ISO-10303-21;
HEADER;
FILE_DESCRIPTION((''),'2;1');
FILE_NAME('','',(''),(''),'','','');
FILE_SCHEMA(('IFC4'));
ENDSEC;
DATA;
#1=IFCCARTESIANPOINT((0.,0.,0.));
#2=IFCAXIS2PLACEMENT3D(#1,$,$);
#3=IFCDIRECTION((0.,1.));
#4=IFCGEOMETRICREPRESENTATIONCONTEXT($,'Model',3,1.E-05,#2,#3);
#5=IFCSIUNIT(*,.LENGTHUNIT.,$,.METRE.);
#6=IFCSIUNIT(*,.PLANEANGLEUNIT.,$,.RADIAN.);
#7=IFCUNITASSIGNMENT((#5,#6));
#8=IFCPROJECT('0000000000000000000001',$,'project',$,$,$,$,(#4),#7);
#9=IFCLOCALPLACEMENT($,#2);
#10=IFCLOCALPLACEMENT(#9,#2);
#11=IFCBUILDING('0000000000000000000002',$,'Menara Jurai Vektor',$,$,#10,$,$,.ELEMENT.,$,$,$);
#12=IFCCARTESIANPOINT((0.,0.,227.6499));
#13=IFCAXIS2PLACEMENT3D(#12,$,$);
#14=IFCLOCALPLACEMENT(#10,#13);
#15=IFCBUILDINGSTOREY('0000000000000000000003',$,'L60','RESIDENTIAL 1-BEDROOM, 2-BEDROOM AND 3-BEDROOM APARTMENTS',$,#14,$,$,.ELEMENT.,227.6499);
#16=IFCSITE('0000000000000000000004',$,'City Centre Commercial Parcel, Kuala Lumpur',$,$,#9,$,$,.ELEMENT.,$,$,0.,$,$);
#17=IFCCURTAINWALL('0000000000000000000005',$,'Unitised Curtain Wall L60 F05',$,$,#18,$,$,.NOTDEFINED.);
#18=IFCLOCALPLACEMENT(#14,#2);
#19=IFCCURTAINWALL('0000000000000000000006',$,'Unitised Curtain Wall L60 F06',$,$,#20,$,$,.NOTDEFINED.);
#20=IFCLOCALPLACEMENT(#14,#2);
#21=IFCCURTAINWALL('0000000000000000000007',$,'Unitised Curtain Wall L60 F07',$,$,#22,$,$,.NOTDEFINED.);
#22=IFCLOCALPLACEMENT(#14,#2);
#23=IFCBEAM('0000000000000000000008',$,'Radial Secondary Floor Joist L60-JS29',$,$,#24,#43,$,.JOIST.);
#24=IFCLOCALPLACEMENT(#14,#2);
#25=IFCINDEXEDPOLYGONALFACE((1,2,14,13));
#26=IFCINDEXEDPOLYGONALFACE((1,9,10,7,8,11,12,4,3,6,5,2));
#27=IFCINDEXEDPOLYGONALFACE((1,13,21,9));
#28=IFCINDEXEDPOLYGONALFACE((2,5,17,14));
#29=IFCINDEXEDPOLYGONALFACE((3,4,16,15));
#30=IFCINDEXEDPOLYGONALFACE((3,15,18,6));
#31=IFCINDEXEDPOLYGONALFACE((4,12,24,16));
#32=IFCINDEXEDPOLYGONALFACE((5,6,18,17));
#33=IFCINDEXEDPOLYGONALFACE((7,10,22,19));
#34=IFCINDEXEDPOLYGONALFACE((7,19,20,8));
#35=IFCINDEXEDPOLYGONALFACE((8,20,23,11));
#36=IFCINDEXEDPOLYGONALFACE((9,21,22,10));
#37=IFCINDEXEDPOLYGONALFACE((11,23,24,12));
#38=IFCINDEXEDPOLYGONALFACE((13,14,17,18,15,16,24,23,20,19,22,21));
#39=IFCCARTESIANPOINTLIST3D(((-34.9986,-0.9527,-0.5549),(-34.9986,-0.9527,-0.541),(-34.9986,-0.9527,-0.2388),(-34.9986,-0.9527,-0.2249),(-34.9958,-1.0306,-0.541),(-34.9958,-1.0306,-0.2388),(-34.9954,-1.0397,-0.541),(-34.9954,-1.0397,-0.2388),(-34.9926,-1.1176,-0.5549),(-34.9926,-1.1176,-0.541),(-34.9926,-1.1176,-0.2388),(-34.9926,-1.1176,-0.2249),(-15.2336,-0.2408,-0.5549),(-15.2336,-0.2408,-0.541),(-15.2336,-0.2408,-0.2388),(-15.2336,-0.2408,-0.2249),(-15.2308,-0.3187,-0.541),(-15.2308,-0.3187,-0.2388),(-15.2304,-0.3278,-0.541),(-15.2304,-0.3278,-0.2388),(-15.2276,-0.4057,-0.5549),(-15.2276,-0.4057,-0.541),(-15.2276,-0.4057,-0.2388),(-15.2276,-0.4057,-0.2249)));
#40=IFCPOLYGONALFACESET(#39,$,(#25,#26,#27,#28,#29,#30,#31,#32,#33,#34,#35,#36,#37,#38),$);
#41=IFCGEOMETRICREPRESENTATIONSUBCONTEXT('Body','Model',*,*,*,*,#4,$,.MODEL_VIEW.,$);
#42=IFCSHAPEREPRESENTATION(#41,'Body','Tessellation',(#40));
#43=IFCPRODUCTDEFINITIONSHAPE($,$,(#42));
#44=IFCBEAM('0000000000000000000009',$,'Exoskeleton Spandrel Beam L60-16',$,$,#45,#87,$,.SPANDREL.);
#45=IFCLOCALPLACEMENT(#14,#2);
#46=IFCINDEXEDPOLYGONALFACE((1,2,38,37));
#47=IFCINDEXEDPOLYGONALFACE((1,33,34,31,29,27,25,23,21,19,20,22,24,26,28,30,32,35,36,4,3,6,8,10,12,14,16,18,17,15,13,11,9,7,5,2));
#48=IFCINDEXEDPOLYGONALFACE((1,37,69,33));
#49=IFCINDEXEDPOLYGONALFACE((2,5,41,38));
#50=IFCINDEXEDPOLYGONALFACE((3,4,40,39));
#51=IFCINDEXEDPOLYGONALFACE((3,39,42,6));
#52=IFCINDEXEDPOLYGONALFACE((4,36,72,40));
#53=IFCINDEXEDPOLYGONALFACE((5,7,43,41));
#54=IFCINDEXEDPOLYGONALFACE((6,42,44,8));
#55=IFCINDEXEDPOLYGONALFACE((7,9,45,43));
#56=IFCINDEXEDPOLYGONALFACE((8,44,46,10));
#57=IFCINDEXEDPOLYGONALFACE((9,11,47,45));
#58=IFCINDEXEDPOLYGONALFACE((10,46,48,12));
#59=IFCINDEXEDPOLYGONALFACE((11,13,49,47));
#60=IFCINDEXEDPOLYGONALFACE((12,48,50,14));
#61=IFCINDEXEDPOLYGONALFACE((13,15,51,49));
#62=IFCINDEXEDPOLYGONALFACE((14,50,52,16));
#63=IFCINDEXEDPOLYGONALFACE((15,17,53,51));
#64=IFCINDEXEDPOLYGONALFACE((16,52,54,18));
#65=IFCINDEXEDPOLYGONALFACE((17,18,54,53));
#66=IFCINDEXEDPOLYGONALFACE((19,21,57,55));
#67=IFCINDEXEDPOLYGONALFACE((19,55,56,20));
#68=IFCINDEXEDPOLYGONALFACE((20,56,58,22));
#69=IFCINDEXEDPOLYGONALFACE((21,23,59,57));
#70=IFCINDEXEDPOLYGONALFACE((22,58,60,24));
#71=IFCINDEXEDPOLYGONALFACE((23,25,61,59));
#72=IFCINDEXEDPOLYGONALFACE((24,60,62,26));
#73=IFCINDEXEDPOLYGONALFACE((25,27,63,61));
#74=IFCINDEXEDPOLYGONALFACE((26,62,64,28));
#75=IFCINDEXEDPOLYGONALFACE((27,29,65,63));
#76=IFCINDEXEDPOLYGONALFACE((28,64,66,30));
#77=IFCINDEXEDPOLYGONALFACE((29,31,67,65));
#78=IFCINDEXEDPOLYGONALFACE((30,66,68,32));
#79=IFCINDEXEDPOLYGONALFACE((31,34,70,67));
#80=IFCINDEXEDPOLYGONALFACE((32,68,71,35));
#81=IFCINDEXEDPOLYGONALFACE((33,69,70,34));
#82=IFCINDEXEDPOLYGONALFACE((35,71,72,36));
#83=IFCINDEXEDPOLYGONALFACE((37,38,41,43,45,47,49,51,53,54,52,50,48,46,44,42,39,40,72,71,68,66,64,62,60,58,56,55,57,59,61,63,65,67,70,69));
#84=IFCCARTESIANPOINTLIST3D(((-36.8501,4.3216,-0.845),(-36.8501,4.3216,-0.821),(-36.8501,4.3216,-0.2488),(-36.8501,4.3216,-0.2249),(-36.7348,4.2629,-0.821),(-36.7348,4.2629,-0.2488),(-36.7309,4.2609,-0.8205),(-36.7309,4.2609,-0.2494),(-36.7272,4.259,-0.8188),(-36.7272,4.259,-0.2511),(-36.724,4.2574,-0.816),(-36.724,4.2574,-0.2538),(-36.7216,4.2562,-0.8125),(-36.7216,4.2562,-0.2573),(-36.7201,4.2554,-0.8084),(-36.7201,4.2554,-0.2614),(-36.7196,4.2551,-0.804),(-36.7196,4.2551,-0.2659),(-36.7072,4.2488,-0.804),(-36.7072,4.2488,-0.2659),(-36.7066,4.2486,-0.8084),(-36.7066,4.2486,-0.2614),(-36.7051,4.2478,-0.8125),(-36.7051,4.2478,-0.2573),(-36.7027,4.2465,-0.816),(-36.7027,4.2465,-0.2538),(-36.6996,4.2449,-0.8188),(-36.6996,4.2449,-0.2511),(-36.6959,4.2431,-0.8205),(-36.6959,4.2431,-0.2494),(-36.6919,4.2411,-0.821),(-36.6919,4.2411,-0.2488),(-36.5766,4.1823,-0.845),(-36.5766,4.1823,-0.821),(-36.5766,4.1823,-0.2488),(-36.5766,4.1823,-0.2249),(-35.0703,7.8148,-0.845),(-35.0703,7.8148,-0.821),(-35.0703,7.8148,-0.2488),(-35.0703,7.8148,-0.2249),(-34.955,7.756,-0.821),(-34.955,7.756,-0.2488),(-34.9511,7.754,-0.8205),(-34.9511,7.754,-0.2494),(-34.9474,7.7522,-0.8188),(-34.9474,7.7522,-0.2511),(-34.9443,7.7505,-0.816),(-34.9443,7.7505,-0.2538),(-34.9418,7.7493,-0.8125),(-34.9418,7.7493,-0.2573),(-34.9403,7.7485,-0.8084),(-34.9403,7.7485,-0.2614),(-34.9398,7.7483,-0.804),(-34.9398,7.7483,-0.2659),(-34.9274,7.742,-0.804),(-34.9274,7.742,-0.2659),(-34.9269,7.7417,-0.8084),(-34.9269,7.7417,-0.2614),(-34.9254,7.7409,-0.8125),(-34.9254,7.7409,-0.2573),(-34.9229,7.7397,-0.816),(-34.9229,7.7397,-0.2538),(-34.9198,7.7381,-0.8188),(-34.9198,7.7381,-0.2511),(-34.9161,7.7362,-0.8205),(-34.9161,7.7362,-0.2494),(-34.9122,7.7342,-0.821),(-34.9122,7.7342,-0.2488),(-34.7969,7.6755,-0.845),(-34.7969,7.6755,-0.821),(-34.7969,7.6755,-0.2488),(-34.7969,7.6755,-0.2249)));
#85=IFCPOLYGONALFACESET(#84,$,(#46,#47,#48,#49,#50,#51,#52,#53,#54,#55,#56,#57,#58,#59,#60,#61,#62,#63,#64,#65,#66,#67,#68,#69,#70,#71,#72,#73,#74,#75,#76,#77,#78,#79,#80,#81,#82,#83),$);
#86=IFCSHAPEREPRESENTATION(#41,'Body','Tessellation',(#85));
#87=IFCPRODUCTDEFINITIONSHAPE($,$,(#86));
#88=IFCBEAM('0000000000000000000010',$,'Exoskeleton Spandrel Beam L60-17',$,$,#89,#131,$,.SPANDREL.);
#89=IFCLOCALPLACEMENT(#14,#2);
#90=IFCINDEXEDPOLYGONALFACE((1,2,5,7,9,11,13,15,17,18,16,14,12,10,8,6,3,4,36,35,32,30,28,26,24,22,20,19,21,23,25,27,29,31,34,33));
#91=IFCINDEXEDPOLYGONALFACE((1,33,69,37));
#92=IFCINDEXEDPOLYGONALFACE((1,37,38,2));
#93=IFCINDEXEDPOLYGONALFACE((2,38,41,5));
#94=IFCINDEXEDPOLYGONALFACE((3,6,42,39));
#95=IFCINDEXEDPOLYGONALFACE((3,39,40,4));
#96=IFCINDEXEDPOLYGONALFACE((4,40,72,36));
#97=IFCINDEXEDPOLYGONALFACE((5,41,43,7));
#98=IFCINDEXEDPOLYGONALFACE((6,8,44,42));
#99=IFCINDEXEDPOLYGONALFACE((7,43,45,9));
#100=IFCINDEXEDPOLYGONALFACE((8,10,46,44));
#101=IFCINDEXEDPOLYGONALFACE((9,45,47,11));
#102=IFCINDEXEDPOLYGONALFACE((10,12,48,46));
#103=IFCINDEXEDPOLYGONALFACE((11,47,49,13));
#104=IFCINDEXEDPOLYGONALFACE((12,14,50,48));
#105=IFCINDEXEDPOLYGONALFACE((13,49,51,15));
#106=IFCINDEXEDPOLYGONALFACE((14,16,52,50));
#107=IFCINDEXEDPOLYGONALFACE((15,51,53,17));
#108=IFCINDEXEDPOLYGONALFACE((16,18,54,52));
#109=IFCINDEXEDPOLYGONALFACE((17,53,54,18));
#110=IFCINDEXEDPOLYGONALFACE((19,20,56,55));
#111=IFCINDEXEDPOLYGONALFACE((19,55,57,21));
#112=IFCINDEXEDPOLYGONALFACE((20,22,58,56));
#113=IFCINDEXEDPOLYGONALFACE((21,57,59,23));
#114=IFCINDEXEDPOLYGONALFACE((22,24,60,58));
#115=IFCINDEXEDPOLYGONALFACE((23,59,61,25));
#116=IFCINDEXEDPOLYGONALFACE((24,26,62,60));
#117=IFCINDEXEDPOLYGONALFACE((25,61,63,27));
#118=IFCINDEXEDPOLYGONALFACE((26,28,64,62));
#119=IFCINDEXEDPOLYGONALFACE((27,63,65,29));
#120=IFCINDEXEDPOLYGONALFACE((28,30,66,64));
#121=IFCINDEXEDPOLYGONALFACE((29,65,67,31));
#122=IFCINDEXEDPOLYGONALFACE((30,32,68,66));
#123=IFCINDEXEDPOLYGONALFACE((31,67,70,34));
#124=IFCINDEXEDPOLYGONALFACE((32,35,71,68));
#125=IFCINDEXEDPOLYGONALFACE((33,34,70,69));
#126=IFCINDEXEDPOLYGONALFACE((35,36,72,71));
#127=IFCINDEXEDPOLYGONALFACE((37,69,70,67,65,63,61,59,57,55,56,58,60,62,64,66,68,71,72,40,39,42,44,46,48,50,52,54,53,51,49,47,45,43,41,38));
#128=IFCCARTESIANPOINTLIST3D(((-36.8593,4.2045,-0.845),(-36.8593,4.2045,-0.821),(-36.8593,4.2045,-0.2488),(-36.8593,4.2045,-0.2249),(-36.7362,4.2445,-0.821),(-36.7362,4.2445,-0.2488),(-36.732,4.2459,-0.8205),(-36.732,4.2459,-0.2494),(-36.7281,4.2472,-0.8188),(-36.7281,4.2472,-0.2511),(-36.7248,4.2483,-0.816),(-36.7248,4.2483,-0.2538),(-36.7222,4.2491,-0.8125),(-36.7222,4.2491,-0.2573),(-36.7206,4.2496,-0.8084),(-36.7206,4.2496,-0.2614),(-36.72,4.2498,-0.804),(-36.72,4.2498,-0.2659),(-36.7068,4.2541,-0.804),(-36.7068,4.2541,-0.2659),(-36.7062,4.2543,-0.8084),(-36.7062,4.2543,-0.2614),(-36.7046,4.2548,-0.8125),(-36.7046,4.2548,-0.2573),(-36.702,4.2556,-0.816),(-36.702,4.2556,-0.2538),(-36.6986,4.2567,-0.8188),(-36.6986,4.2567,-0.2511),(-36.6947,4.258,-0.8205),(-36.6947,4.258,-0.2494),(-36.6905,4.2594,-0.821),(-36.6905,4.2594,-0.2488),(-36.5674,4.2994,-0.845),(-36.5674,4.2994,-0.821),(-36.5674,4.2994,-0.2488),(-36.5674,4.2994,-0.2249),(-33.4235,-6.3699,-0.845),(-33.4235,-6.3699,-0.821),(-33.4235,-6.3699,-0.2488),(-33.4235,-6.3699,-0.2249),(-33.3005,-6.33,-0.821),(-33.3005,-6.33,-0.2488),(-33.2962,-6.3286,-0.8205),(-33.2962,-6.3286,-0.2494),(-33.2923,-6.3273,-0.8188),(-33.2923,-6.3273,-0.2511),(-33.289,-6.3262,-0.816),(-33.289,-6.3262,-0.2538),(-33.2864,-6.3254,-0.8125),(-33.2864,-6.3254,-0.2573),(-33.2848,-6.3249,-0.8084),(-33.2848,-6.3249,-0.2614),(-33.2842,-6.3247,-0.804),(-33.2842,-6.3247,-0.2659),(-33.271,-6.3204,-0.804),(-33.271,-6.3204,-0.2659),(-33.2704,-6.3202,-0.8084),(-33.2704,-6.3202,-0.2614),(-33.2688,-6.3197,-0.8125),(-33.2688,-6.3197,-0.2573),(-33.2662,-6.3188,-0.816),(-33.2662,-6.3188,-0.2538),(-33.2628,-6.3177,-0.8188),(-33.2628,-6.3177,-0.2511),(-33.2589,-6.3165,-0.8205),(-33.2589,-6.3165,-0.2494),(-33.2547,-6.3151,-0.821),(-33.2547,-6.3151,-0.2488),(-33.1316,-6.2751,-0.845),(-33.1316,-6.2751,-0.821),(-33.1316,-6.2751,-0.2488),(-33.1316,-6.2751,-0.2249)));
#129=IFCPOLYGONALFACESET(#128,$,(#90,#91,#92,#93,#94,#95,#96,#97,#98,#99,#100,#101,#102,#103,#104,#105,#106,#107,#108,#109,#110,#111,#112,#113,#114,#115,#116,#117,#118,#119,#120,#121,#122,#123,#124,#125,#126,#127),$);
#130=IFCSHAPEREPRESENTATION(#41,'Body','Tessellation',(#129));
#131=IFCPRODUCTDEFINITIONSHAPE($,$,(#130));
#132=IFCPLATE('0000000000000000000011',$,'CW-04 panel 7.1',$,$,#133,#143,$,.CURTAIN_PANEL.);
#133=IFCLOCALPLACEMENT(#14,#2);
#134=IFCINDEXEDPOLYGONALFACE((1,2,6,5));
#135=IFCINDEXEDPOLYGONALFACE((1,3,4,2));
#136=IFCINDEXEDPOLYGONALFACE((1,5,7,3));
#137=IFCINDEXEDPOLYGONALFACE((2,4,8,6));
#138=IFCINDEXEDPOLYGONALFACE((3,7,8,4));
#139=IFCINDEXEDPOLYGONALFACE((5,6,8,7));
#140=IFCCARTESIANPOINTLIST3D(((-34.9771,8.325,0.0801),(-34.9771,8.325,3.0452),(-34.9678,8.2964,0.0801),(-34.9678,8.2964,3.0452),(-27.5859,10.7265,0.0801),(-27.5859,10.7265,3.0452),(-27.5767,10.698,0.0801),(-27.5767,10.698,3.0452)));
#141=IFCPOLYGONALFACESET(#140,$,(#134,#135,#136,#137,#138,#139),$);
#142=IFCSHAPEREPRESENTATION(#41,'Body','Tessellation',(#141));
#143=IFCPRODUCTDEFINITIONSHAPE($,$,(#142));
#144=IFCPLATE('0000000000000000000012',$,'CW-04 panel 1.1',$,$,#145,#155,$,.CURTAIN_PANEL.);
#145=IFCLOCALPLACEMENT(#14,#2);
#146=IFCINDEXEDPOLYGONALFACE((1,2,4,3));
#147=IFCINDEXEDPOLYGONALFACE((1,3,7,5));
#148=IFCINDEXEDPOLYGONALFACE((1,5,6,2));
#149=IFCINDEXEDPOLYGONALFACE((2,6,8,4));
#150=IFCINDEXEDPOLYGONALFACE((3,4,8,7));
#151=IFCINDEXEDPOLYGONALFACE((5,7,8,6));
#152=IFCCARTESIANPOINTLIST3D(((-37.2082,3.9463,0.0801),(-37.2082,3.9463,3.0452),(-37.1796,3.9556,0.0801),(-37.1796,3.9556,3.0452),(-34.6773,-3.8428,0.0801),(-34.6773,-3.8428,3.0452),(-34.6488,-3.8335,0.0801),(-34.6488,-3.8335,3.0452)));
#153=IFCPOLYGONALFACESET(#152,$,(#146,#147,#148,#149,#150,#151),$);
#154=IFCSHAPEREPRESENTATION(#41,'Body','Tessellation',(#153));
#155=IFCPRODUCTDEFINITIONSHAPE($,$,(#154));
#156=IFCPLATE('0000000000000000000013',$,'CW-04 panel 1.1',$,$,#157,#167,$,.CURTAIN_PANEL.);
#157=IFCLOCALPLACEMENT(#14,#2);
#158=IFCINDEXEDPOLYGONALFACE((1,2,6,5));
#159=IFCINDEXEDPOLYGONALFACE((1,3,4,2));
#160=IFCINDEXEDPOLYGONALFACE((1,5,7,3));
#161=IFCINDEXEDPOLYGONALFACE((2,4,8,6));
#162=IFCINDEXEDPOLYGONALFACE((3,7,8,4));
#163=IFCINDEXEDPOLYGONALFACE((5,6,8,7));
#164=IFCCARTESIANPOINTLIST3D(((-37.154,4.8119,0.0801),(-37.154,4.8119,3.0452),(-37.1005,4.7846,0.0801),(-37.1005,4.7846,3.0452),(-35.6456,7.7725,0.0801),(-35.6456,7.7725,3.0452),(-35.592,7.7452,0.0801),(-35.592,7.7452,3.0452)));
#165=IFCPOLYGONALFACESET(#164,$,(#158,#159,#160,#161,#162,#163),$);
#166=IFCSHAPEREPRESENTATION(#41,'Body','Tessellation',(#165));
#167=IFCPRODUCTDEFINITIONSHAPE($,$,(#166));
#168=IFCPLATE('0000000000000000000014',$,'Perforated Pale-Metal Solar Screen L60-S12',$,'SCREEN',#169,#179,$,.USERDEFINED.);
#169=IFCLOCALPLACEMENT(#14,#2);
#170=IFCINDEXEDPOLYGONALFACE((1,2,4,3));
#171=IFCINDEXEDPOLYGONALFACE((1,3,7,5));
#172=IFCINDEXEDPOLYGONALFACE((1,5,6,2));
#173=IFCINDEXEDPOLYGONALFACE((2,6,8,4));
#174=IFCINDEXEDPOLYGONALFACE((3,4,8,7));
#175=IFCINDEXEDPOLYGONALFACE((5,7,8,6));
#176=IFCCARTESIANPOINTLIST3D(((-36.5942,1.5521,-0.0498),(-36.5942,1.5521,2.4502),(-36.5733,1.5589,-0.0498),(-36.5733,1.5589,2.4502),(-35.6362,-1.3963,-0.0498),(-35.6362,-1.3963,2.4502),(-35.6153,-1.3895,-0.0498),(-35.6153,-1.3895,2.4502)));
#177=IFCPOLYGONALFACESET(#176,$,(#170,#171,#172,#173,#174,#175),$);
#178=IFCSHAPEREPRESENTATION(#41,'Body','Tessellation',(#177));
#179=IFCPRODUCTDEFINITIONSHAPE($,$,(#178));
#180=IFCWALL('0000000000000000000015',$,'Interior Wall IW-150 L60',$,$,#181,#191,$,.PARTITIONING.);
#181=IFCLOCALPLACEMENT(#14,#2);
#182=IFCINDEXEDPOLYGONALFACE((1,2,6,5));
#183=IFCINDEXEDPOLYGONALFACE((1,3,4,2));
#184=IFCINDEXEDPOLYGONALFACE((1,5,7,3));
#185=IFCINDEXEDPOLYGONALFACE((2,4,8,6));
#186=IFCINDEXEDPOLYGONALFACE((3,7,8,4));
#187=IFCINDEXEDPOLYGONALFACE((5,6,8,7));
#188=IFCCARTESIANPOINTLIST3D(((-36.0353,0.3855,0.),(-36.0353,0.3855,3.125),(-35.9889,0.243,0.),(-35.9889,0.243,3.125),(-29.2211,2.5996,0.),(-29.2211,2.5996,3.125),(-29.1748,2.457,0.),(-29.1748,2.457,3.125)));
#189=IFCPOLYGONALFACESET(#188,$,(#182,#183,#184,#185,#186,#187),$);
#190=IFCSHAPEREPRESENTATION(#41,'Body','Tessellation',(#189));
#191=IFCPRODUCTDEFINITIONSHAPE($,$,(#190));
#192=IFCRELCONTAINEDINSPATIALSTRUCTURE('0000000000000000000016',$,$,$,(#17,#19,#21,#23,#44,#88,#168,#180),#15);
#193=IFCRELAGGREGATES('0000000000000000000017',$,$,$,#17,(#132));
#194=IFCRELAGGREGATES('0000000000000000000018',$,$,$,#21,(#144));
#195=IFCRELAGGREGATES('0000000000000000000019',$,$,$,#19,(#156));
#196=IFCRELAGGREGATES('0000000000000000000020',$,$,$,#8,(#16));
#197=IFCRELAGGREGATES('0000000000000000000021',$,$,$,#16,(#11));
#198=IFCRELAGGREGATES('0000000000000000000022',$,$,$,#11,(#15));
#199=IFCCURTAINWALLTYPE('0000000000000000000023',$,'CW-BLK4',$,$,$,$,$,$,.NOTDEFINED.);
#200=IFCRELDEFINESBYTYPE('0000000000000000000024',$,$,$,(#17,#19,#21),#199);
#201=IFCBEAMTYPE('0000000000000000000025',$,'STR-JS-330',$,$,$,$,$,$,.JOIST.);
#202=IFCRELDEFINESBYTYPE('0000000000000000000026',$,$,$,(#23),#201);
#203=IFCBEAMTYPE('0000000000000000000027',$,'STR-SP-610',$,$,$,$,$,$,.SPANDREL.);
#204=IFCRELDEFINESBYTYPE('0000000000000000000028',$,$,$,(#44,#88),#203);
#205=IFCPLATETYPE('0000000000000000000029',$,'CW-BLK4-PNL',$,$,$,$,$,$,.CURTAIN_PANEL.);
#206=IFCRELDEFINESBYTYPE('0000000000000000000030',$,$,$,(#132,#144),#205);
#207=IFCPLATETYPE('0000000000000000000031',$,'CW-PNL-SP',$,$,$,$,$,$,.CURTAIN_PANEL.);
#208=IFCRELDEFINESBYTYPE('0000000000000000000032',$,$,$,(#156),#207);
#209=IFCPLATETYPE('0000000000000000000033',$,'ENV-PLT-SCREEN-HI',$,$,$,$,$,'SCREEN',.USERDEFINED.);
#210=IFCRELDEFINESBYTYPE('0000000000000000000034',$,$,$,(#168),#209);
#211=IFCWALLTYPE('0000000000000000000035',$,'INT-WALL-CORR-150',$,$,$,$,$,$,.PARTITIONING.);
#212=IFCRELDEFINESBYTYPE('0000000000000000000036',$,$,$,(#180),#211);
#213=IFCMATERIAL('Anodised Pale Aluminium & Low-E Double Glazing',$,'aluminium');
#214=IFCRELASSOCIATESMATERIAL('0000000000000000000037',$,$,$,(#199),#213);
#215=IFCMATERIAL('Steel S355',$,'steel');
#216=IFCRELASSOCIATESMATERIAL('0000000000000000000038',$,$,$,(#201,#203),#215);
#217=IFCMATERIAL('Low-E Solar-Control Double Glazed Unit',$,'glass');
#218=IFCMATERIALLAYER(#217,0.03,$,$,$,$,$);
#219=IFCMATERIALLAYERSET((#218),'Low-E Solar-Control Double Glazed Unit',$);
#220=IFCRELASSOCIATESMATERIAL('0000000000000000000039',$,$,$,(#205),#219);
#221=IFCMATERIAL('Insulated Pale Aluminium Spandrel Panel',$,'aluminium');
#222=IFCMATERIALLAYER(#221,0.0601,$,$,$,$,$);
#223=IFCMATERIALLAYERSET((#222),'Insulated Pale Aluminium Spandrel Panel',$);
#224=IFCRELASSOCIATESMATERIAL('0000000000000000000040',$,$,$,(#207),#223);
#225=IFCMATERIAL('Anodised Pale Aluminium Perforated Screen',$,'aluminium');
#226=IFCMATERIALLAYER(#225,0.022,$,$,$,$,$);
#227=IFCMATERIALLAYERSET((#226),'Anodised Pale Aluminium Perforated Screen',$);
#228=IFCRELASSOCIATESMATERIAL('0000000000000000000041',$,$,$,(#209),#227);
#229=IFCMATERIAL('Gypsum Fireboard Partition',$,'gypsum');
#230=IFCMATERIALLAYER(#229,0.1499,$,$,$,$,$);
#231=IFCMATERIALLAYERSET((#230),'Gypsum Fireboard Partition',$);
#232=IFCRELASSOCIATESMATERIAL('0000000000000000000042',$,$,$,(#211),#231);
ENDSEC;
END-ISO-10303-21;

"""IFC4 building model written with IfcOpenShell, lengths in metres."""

from ifc_helpers import new_model, si_unit, direction, frame, frame_2d, origin, origin_2d, place, context, subcontext, project, spatial, rectangle, i_section, extrude, material, layer, layer_set, material_profile, profile_set, type_object, element, aggregate, save


model = new_model("IFC4")

# Units and contexts
model_context = context("Model", 3, precision=1e-05, world=origin(), true_north=direction((0.0, 1.0)))
body_context = subcontext(model_context, "Body", "Model", "MODEL_VIEW")
ifc_project = project(units=[si_unit("LENGTHUNIT", "METRE"), si_unit("PLANEANGLEUNIT", "RADIAN")], contexts=[model_context])

# Site, building, storey
site_placement = place(None, origin())
site = spatial("IfcSite", under=ifc_project, at=site_placement, Name="City Centre Commercial Parcel, Kuala Lumpur", CompositionType="ELEMENT", RefElevation=0.0)
building_placement = place(site_placement, origin())
building = spatial("IfcBuilding", under=site, at=building_placement, Name="Menara Jurai Vektor", CompositionType="ELEMENT")
storey_placement = place(building_placement, frame((0.0, 0.0, 227.6499)))
storey = spatial("IfcBuildingStorey", under=building, at=storey_placement, Name="L60", Description="RESIDENTIAL 1-BEDROOM, 2-BEDROOM AND 3-BEDROOM APARTMENTS", CompositionType="ELEMENT", Elevation=227.6499)

# Curtain wall
ifc_material_1 = material(Name="Anodised Pale Aluminium & Low-E Double Glazing", Category="aluminium")
curtain_wall_type = type_object("IfcCurtainWallType", Name="CW-BLK4", PredefinedType="NOTDEFINED", material=ifc_material_1)
curtain_wall_1_placement = place(storey_placement, origin())
curtain_wall_1 = element("IfcCurtainWall", 1, at=curtain_wall_1_placement, inside=storey, type_object=curtain_wall_type, Name="Unitised Curtain Wall L60 F05", PredefinedType="NOTDEFINED")

# Curtain wall
curtain_wall_2_placement = place(storey_placement, origin())
curtain_wall_2 = element("IfcCurtainWall", 2, at=curtain_wall_2_placement, inside=storey, type_object=curtain_wall_type, Name="Unitised Curtain Wall L60 F06", PredefinedType="NOTDEFINED")

# Curtain wall
curtain_wall_3_placement = place(storey_placement, origin())
curtain_wall_3 = element("IfcCurtainWall", 3, at=curtain_wall_3_placement, inside=storey, type_object=curtain_wall_type, Name="Unitised Curtain Wall L60 F07", PredefinedType="NOTDEFINED")

# Shared definitions
ifc_material_2 = material(Name="Steel S355", Category="steel")

# Beams
ifc_material_profile_1 = material_profile(ifc_material_2, i_section(OverallWidth=0.165, OverallDepth=0.3301, WebThickness=0.009, FlangeThickness=0.0139, at=origin_2d()), Name="PG 330x165x46")
ifc_profile_set_1 = profile_set([ifc_material_profile_1], Name="Steel S355")
beam_type_1 = type_object("IfcBeamType", Name="STR-JS-330", PredefinedType="JOIST", material=ifc_profile_set_1)
beam_1_placement = place(storey_placement, frame((-34.9956, -1.0352, -0.3899), z_axis=(0.999352, 0.035995, 0.0), x_axis=(-0.035995, 0.999352, 0.0)))
element("IfcBeam", 4, at=beam_1_placement, inside=storey, type_object=beam_type_1, Name="Radial Secondary Floor Joist L60-JS29", PredefinedType="JOIST", context=body_context, shape_type="SweptSolid", body=[
    extrude(i_section(OverallWidth=0.165, OverallDepth=0.3301, WebThickness=0.009, FlangeThickness=0.0139, at=origin_2d()), origin(), (0.0, 0.0, 1.0), 19.7778),
])
ifc_material_profile_2 = material_profile(ifc_material_2, i_section(OverallWidth=0.3069, OverallDepth=0.6201, WebThickness=0.0139, FlangeThickness=0.0239, FilletRadius=0.0171, at=origin_2d()), Name="UKB 610x305x179")
ifc_profile_set_2 = profile_set([ifc_material_profile_2], Name="Steel S355")
beam_type_2 = type_object("IfcBeamType", Name="STR-SP-610", PredefinedType="SPANDREL", material=ifc_profile_set_2)
beam_2_placement = place(storey_placement, frame((-34.9336, 7.7451, -0.5349), z_axis=(-0.453976, -0.891014, 0.0), x_axis=(0.891014, -0.453976, 0.0)))
element("IfcBeam", 5, at=beam_2_placement, inside=storey, type_object=beam_type_2, Name="Exoskeleton Spandrel Beam L60-16", PredefinedType="SPANDREL", context=body_context, shape_type="SweptSolid", body=[
    extrude(i_section(OverallWidth=0.3069, OverallDepth=0.6201, WebThickness=0.0139, FlangeThickness=0.0239, FilletRadius=0.0171, at=origin_2d()), origin(), (0.0, 0.0, 1.0), 3.9204),
])
beam_3_placement = place(storey_placement, frame((-36.7134, 4.252, -0.5349), z_axis=(0.309012, -0.951058, 0.0), x_axis=(0.951058, 0.309012, 0.0)))
element("IfcBeam", 6, at=beam_3_placement, inside=storey, type_object=beam_type_2, Name="Exoskeleton Spandrel Beam L60-17", PredefinedType="SPANDREL", context=body_context, shape_type="SweptSolid", body=[
    extrude(i_section(OverallWidth=0.3069, OverallDepth=0.6201, WebThickness=0.0139, FlangeThickness=0.0239, FilletRadius=0.0171, at=origin_2d()), origin(), (0.0, 0.0, 1.0), 11.1187),
])

# Plates
ifc_material_3 = material(Name="Low-E Solar-Control Double Glazed Unit", Category="glass")
ifc_layer_1 = layer(ifc_material_3, 0.03)
ifc_layer_set_1 = layer_set([ifc_layer_1], Name="Low-E Solar-Control Double Glazed Unit")
plate_type_1 = type_object("IfcPlateType", Name="CW-BLK4-PNL", PredefinedType="CURTAIN_PANEL", material=ifc_layer_set_1)
plate_1_placement = place(storey_placement, frame((-31.2769, 9.5115, 0.0801), z_axis=(0.0, 0.0, 1.0), x_axis=(-0.951056, -0.309017, 0.0)))
plate_1 = element("IfcPlate", 7, at=plate_1_placement, type_object=plate_type_1, Name="CW-04 panel 7.1", PredefinedType="CURTAIN_PANEL", context=body_context, shape_type="SweptSolid", body=[
    extrude(rectangle(XDim=7.7715, YDim=0.03, at=origin_2d()), origin(), (0.0, 0.0, 1.0), 2.9651),
])
aggregate(curtain_wall_1, [plate_1])
plate_2_placement = place(storey_placement, frame((-35.9285, 0.0564, 0.0801), z_axis=(0.0, 0.0, 1.0), x_axis=(0.309016, -0.951057, 0.0)))
plate_2 = element("IfcPlate", 8, at=plate_2_placement, type_object=plate_type_1, Name="CW-04 panel 1.1", PredefinedType="CURTAIN_PANEL", context=body_context, shape_type="SweptSolid", body=[
    extrude(rectangle(XDim=8.1899, YDim=0.03, at=origin_2d()), origin(), (0.0, 0.0, 1.0), 2.9651),
])
aggregate(curtain_wall_3, [plate_2])
ifc_material_4 = material(Name="Insulated Pale Aluminium Spandrel Panel", Category="aluminium")
ifc_layer_2 = layer(ifc_material_4, 0.0601)
ifc_layer_set_2 = layer_set([ifc_layer_2], Name="Insulated Pale Aluminium Spandrel Panel")
plate_type_2 = type_object("IfcPlateType", Name="CW-PNL-SP", PredefinedType="CURTAIN_PANEL", material=ifc_layer_set_2)
plate_3_placement = place(storey_placement, frame((-36.373, 6.2786, 0.0801), z_axis=(0.0, 0.0, 1.0), x_axis=(-0.453989, -0.891008, 0.0)))
plate_3 = element("IfcPlate", 9, at=plate_3_placement, type_object=plate_type_2, Name="CW-04 panel 1.1", PredefinedType="CURTAIN_PANEL", context=body_context, shape_type="SweptSolid", body=[
    extrude(rectangle(XDim=3.3228, YDim=0.0601, at=origin_2d()), origin(), (0.0, 0.0, 1.0), 2.9651),
])
aggregate(curtain_wall_2, [plate_3])
ifc_material_5 = material(Name="Anodised Pale Aluminium Perforated Screen", Category="aluminium")
ifc_layer_3 = layer(ifc_material_5, 0.022)
ifc_layer_set_3 = layer_set([ifc_layer_3], Name="Anodised Pale Aluminium Perforated Screen")
plate_type_3 = type_object("IfcPlateType", Name="ENV-PLT-SCREEN-HI", ElementType="SCREEN", PredefinedType="USERDEFINED", material=ifc_layer_set_3)
plate_4_placement = place(storey_placement, frame((-36.1047, 0.0813, -0.0498), z_axis=(0.0, 0.0, 1.0), x_axis=(0.309017, -0.951057, 0.0)))
element("IfcPlate", 10, at=plate_4_placement, inside=storey, type_object=plate_type_3, Name="Perforated Pale-Metal Solar Screen L60-S12", ObjectType="SCREEN", PredefinedType="USERDEFINED", context=body_context, shape_type="SweptSolid", body=[
    extrude(rectangle(XDim=3.1001, YDim=0.022, at=origin_2d()), origin(), (0.0, 0.0, 1.0), 2.5),
])

# Wall
ifc_material_6 = material(Name="Gypsum Fireboard Partition", Category="gypsum")
ifc_layer_4 = layer(ifc_material_6, 0.1499)
ifc_layer_set_4 = layer_set([ifc_layer_4], Name="Gypsum Fireboard Partition")
wall_type = type_object("IfcWallType", Name="INT-WALL-CORR-150", PredefinedType="PARTITIONING", material=ifc_layer_set_4)
wall_1_placement = place(storey_placement, frame((-36.0122, 0.3142, 0.0), z_axis=(0.0, 0.0, 1.0), x_axis=(0.951055, 0.309022, 0.0)))
element("IfcWall", 11, at=wall_1_placement, inside=storey, type_object=wall_type, Name="Interior Wall IW-150 L60", PredefinedType="PARTITIONING", context=body_context, shape_type="SweptSolid", body=[
    extrude(rectangle(XDim=7.1648, YDim=0.1499, at=frame_2d((3.5825, 0.0))), origin(), (0.0, 0.0, 1.0), 3.125),
])

save(model, "model.ifc")
